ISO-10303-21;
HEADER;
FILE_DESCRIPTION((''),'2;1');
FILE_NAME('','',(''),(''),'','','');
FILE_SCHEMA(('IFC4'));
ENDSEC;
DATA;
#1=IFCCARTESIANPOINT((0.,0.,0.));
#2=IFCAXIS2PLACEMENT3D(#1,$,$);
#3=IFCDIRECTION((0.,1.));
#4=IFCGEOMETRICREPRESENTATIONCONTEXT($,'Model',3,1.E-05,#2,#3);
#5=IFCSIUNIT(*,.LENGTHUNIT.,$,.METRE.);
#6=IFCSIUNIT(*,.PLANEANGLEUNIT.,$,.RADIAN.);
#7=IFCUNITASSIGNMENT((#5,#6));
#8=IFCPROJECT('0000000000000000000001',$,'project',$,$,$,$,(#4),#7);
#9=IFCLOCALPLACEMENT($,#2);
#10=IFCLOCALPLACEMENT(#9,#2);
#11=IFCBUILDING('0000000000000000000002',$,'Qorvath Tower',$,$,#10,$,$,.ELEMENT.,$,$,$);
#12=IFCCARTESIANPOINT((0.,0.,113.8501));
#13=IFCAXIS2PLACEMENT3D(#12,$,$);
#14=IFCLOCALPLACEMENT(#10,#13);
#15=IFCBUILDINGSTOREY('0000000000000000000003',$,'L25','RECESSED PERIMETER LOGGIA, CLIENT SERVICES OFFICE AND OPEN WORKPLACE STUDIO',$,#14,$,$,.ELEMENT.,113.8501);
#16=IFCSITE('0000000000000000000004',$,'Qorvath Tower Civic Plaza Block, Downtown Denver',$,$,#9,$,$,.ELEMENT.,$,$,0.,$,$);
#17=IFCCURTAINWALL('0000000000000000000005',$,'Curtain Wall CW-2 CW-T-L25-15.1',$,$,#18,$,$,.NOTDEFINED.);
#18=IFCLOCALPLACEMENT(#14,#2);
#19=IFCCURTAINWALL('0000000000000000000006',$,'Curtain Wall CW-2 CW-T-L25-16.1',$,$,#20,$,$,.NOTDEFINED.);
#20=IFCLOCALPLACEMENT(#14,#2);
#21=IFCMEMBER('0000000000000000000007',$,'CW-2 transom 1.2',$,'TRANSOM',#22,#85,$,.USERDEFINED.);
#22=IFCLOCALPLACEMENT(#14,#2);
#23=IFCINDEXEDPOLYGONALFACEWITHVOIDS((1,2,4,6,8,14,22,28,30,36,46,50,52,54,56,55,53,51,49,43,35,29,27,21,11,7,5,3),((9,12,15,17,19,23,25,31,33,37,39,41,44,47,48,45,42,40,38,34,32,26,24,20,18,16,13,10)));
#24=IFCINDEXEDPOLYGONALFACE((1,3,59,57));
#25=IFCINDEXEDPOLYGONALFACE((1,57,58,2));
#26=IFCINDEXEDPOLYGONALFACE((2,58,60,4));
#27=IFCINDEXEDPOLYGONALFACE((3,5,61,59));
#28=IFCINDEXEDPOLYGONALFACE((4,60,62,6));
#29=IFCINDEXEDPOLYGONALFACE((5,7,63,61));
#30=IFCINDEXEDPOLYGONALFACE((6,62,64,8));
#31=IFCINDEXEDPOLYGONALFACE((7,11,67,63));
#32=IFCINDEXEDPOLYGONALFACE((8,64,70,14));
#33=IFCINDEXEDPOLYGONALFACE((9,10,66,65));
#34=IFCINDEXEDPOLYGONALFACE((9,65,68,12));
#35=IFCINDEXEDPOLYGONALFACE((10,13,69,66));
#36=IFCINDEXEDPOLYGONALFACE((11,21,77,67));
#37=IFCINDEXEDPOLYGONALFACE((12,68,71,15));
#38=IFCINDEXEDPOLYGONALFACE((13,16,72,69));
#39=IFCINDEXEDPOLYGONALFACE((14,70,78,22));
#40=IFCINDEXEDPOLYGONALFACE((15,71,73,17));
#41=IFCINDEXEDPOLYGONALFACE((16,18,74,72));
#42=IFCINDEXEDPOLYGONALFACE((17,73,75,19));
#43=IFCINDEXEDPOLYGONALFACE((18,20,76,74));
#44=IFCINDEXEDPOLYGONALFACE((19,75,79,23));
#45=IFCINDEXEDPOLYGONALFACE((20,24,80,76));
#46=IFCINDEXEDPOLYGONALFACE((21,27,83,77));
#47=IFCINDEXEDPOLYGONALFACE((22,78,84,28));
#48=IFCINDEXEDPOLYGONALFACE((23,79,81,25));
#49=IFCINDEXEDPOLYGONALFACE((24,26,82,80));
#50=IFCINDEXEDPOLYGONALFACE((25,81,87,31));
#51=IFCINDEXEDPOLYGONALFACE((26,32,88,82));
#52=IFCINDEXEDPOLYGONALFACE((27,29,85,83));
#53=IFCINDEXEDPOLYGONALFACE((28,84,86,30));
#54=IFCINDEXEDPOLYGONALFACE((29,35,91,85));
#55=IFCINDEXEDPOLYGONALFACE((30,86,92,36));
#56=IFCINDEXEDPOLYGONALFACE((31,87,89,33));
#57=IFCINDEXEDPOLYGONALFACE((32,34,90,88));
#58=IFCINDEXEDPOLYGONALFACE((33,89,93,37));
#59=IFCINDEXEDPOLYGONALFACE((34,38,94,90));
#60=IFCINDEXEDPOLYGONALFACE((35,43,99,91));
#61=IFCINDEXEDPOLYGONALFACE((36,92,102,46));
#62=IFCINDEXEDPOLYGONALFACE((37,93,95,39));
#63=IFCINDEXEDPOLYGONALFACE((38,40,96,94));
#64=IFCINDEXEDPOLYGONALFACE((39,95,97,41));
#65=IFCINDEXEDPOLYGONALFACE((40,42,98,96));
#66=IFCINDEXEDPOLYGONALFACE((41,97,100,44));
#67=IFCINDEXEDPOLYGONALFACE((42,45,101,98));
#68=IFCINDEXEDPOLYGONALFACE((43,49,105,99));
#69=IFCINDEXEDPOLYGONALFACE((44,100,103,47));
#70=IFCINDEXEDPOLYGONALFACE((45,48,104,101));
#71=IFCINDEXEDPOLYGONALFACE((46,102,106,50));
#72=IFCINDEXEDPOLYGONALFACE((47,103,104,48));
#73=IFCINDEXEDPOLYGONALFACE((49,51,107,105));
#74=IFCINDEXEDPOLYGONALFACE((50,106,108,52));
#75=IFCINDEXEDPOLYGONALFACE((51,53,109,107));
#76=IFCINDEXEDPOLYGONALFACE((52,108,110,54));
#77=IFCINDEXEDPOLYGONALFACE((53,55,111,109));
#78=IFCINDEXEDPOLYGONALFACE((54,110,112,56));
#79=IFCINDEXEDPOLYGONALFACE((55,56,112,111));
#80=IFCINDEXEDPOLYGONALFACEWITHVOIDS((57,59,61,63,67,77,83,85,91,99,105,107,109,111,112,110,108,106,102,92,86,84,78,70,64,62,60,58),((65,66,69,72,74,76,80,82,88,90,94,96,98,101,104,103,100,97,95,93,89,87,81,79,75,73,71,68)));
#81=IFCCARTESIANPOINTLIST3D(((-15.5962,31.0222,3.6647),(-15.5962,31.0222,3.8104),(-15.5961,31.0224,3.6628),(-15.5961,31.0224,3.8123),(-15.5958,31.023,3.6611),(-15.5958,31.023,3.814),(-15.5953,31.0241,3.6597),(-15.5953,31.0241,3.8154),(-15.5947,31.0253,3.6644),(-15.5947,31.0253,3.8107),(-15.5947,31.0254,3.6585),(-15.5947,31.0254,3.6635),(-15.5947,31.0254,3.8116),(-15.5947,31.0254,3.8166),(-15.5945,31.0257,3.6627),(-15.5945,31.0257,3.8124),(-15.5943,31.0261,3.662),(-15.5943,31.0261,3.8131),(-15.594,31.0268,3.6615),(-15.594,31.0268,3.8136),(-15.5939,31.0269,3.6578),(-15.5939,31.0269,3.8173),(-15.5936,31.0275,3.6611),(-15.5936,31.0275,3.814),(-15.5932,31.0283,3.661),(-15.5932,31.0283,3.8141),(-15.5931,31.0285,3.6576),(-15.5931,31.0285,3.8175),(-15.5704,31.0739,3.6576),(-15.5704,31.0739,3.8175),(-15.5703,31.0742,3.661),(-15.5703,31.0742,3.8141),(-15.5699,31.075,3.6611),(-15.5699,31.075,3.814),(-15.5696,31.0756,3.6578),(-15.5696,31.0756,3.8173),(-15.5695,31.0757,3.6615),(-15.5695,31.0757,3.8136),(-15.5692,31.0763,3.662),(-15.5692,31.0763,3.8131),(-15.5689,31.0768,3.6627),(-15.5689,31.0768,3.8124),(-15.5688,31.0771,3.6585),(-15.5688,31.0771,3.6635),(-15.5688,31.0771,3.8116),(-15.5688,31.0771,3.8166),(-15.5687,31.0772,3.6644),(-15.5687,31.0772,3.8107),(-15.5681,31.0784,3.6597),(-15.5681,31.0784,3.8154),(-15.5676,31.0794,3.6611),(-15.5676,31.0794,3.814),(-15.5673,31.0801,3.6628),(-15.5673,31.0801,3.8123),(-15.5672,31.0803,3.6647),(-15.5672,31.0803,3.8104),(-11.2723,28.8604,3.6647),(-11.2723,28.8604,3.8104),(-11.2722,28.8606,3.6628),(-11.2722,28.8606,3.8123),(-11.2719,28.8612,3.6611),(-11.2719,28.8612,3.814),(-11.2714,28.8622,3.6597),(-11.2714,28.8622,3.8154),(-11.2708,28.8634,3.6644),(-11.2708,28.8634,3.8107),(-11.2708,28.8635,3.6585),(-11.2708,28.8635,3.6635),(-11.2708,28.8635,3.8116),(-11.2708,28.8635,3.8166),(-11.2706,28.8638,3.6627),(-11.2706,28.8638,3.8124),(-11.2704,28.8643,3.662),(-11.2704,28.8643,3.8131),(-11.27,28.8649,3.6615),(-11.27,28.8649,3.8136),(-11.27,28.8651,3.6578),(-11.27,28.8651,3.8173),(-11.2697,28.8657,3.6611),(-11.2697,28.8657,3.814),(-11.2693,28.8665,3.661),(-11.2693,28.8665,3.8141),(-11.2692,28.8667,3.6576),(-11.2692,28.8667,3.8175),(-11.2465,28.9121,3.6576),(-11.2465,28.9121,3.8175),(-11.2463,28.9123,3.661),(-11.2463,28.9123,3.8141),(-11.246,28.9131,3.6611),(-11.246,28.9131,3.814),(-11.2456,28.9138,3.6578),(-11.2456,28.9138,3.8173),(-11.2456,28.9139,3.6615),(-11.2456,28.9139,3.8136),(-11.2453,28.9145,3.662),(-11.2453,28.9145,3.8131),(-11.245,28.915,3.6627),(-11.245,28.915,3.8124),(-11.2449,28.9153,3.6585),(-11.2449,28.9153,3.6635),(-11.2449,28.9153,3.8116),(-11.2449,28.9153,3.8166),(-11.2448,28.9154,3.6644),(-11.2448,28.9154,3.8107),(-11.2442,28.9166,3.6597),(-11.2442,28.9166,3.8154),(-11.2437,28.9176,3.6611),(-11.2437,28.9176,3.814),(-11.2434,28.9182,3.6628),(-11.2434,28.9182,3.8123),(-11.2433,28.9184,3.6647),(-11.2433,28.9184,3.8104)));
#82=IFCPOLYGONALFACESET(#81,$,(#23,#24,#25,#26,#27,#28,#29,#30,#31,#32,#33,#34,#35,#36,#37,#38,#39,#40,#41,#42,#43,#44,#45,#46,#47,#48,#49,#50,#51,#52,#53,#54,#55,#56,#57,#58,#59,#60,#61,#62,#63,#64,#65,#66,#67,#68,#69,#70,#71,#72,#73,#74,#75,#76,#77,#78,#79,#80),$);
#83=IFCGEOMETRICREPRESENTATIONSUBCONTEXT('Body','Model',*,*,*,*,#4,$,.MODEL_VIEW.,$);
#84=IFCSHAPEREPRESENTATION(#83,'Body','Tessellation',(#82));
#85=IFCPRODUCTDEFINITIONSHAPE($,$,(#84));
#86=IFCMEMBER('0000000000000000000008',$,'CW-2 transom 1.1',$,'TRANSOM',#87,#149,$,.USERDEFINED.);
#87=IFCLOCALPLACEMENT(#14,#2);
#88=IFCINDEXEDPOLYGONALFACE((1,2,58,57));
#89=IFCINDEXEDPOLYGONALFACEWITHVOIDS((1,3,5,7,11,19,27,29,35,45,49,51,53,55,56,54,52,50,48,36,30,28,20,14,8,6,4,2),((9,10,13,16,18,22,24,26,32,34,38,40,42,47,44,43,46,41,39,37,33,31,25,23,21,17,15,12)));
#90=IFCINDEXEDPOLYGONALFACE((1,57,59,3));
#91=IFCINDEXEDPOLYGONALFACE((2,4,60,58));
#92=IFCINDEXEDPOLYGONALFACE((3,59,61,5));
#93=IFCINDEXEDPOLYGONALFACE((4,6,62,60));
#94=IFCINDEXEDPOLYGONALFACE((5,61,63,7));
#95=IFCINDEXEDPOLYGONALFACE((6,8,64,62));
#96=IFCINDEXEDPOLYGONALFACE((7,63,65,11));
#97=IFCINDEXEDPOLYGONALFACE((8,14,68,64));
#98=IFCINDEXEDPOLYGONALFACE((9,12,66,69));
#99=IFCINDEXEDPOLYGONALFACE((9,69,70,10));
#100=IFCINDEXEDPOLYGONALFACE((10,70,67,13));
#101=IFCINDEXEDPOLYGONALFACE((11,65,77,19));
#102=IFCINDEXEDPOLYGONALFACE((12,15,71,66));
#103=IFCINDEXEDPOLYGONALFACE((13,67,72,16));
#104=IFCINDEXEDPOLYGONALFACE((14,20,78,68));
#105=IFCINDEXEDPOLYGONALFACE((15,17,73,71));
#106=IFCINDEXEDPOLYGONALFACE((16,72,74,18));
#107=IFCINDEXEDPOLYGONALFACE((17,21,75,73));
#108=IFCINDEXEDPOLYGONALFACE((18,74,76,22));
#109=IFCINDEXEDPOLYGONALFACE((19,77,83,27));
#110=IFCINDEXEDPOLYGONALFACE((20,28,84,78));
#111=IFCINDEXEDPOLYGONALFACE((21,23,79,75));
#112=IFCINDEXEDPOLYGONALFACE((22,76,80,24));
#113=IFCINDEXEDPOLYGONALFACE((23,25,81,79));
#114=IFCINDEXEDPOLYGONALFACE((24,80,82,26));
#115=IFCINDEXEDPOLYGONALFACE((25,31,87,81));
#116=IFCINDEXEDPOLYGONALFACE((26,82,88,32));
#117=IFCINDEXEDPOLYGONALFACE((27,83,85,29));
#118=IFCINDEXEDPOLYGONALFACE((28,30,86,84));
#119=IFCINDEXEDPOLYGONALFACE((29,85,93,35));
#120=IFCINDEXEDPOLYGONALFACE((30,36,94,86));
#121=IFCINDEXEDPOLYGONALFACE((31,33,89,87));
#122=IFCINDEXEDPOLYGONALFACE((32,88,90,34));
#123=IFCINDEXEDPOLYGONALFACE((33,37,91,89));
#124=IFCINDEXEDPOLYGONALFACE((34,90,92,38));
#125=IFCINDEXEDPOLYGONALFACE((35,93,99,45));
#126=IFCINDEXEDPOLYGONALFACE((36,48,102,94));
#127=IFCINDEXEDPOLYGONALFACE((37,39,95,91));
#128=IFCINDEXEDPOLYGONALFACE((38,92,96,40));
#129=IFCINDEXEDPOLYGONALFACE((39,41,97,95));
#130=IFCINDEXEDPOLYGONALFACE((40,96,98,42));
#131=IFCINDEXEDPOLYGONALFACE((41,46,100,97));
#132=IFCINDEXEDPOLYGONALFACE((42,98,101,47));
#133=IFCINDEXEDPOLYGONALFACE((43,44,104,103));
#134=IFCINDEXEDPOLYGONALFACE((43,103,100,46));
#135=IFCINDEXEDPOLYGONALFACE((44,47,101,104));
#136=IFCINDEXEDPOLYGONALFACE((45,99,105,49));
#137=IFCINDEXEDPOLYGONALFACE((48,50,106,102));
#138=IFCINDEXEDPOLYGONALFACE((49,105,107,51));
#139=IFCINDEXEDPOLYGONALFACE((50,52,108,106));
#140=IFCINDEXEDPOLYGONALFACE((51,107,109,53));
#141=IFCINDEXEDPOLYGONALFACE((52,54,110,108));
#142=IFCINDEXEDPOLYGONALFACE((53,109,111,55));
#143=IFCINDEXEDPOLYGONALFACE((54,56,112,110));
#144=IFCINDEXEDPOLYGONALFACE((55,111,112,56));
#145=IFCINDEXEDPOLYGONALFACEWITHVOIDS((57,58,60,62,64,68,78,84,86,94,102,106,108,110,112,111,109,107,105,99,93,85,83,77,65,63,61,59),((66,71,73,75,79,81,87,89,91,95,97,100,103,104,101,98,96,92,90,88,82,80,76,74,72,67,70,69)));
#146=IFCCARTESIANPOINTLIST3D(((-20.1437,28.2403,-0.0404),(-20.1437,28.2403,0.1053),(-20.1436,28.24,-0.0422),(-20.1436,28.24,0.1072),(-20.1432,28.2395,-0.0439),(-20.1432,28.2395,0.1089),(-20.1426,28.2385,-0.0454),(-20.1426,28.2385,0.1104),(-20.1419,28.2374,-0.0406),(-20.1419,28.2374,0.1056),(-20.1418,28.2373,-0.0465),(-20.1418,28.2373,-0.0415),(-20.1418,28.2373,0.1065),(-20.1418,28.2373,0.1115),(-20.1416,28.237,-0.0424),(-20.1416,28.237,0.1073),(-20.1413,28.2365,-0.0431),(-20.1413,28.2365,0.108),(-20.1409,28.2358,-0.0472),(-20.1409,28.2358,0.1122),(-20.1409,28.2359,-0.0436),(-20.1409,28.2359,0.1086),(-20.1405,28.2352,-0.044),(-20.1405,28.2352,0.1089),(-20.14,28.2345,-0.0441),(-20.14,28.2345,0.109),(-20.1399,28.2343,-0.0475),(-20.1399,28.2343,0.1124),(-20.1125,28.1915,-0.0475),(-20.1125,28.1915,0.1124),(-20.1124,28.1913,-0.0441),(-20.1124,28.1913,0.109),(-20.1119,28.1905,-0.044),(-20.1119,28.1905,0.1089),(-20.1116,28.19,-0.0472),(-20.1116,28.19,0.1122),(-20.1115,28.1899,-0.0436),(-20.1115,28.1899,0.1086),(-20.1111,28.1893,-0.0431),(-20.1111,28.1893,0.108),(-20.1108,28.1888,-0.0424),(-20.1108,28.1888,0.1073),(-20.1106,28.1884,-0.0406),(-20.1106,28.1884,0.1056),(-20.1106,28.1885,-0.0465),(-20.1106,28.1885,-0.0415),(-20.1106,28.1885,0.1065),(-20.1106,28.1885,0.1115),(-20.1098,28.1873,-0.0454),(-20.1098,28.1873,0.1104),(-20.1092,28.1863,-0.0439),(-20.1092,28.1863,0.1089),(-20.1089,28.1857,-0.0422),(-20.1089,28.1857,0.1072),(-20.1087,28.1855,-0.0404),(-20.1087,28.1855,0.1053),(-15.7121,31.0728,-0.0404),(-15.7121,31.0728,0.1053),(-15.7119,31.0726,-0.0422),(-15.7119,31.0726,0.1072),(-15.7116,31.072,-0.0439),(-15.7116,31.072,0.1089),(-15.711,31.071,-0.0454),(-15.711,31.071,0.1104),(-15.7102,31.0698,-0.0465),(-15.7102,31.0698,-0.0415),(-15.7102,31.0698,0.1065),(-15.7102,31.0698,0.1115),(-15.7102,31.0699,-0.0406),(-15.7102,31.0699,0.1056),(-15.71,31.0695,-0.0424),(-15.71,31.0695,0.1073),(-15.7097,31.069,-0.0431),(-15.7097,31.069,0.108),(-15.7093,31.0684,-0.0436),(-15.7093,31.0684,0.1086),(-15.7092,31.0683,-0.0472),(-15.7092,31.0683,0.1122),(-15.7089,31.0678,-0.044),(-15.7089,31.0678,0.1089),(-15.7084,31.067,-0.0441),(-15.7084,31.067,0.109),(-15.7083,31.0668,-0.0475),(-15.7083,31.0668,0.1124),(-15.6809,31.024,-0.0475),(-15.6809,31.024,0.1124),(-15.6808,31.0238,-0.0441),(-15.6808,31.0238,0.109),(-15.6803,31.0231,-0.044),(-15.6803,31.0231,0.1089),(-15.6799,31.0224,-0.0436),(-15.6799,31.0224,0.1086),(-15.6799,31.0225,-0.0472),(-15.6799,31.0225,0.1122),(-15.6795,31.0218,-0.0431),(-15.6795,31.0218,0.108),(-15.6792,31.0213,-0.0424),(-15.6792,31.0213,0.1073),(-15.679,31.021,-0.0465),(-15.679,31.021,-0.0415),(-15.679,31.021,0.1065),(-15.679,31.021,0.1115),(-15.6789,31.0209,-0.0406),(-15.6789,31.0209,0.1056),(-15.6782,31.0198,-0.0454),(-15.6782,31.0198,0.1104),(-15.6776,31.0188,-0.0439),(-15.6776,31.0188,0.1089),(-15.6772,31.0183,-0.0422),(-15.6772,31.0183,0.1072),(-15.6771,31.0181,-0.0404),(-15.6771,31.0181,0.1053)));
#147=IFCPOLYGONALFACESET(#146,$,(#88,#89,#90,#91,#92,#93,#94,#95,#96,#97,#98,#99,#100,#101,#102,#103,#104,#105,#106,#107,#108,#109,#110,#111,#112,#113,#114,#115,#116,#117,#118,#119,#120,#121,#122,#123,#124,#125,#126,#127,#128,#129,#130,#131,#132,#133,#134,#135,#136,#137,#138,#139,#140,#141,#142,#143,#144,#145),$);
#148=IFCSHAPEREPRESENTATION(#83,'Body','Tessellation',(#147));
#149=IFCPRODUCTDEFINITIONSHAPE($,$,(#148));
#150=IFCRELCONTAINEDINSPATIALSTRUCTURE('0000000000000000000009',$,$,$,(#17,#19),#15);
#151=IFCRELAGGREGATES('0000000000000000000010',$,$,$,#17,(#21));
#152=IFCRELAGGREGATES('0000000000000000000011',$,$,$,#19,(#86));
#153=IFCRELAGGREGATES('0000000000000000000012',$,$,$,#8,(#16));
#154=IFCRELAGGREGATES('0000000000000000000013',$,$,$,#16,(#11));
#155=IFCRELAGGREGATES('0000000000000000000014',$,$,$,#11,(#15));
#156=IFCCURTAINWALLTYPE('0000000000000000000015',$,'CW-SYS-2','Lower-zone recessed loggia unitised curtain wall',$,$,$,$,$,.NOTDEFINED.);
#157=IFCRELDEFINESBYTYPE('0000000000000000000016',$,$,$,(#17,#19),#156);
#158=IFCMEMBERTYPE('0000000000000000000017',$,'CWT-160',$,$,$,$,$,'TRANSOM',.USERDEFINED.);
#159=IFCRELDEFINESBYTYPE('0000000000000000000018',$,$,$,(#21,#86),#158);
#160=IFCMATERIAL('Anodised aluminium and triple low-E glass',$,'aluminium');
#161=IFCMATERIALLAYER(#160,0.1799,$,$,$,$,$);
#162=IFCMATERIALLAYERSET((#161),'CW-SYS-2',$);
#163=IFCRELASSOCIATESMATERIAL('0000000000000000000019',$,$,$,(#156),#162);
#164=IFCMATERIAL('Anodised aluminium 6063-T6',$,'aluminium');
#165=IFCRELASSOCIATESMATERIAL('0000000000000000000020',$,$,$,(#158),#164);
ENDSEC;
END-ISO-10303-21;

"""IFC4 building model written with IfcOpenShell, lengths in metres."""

from ifc_helpers import new_model, si_unit, direction, frame, origin, origin_2d, place, context, subcontext, project, spatial, hollow_rectangle, extrude, material, layer, layer_set, material_profile, profile_set, type_object, element, aggregate, save


model = new_model("IFC4")

# Units and contexts
model_context = context("Model", 3, precision=1e-05, world=origin(), true_north=direction((0.0, 1.0)))
body_context = subcontext(model_context, "Body", "Model", "MODEL_VIEW")
ifc_project = project(units=[si_unit("LENGTHUNIT", "METRE"), si_unit("PLANEANGLEUNIT", "RADIAN")], contexts=[model_context])

# Site, building, storey
site_placement = place(None, origin())
site = spatial("IfcSite", under=ifc_project, at=site_placement, Name="Qorvath Tower Civic Plaza Block, Downtown Denver", CompositionType="ELEMENT", RefElevation=0.0)
building_placement = place(site_placement, origin())
building = spatial("IfcBuilding", under=site, at=building_placement, Name="Qorvath Tower", CompositionType="ELEMENT")
storey_placement = place(building_placement, frame((0.0, 0.0, 113.8501)))
storey = spatial("IfcBuildingStorey", under=building, at=storey_placement, Name="L25", Description="RECESSED PERIMETER LOGGIA, CLIENT SERVICES OFFICE AND OPEN WORKPLACE STUDIO", CompositionType="ELEMENT", Elevation=113.8501)

# Shared definitions
ifc_material_1 = material(Name="Anodised aluminium and triple low-E glass", Category="aluminium")
ifc_layer_1 = layer(ifc_material_1, 0.1799)
ifc_layer_set_1 = layer_set([ifc_layer_1], Name="CW-SYS-2")
curtain_wall_type = type_object("IfcCurtainWallType", Name="CW-SYS-2", Description="Lower-zone recessed loggia unitised curtain wall", PredefinedType="NOTDEFINED", material=ifc_layer_set_1)

# Curtain wall
curtain_wall_1_placement = place(storey_placement, origin())
curtain_wall_1 = element("IfcCurtainWall", 1, at=curtain_wall_1_placement, inside=storey, type_object=curtain_wall_type, Name="Curtain Wall CW-2 CW-T-L25-15.1", PredefinedType="NOTDEFINED")

# Curtain wall
curtain_wall_2_placement = place(storey_placement, origin())
curtain_wall_2 = element("IfcCurtainWall", 2, at=curtain_wall_2_placement, inside=storey, type_object=curtain_wall_type, Name="Curtain Wall CW-2 CW-T-L25-16.1", PredefinedType="NOTDEFINED")

# Members
ifc_material_2 = material(Name="Anodised aluminium 6063-T6", Category="aluminium")
ifc_material_profile_1 = material_profile(ifc_material_2, hollow_rectangle(XDim=0.0649, YDim=0.1599, WallThickness=0.0034, InnerFilletRadius=0.0034, OuterFilletRadius=0.0071, at=origin_2d()), Name="CWT 160x65")
ifc_profile_set_1 = profile_set([ifc_material_profile_1], Name="Anodised aluminium 6063-T6")
member_type_1 = type_object("IfcMemberType", Name="CWT-160", ElementType="TRANSOM", PredefinedType="USERDEFINED", material=ifc_profile_set_1)
member_1_placement = place(storey_placement, frame((-11.2578, 28.8894, 3.7375), z_axis=(-0.894437, 0.447193, 0.0), x_axis=(-0.447193, -0.894437, 0.0)))
member_1 = element("IfcMember", 3, at=member_1_placement, type_object=member_type_1, Name="CW-2 transom 1.2", ObjectType="TRANSOM", PredefinedType="USERDEFINED", context=body_context, shape_type="SweptSolid", body=[
    extrude(hollow_rectangle(XDim=0.0649, YDim=0.1599, WallThickness=0.0034, InnerFilletRadius=0.0034, OuterFilletRadius=0.0071, at=origin_2d()), origin(), (0.0, 0.0, 1.0), 4.8342),
])
member_2_placement = place(storey_placement, frame((-15.6946, 31.0454, 0.0325), z_axis=(-0.842593, -0.53855, 0.0), x_axis=(0.53855, -0.842593, 0.0)))
member_2 = element("IfcMember", 4, at=member_2_placement, type_object=member_type_1, Name="CW-2 transom 1.1", ObjectType="TRANSOM", PredefinedType="USERDEFINED", context=body_context, shape_type="SweptSolid", body=[
    extrude(hollow_rectangle(XDim=0.0649, YDim=0.1599, WallThickness=0.0034, InnerFilletRadius=0.0034, OuterFilletRadius=0.0071, at=origin_2d()), origin(), (0.0, 0.0, 1.0), 5.2595),
])

aggregate(curtain_wall_1, [member_1])
aggregate(curtain_wall_2, [member_2])

save(model, "model.ifc")
